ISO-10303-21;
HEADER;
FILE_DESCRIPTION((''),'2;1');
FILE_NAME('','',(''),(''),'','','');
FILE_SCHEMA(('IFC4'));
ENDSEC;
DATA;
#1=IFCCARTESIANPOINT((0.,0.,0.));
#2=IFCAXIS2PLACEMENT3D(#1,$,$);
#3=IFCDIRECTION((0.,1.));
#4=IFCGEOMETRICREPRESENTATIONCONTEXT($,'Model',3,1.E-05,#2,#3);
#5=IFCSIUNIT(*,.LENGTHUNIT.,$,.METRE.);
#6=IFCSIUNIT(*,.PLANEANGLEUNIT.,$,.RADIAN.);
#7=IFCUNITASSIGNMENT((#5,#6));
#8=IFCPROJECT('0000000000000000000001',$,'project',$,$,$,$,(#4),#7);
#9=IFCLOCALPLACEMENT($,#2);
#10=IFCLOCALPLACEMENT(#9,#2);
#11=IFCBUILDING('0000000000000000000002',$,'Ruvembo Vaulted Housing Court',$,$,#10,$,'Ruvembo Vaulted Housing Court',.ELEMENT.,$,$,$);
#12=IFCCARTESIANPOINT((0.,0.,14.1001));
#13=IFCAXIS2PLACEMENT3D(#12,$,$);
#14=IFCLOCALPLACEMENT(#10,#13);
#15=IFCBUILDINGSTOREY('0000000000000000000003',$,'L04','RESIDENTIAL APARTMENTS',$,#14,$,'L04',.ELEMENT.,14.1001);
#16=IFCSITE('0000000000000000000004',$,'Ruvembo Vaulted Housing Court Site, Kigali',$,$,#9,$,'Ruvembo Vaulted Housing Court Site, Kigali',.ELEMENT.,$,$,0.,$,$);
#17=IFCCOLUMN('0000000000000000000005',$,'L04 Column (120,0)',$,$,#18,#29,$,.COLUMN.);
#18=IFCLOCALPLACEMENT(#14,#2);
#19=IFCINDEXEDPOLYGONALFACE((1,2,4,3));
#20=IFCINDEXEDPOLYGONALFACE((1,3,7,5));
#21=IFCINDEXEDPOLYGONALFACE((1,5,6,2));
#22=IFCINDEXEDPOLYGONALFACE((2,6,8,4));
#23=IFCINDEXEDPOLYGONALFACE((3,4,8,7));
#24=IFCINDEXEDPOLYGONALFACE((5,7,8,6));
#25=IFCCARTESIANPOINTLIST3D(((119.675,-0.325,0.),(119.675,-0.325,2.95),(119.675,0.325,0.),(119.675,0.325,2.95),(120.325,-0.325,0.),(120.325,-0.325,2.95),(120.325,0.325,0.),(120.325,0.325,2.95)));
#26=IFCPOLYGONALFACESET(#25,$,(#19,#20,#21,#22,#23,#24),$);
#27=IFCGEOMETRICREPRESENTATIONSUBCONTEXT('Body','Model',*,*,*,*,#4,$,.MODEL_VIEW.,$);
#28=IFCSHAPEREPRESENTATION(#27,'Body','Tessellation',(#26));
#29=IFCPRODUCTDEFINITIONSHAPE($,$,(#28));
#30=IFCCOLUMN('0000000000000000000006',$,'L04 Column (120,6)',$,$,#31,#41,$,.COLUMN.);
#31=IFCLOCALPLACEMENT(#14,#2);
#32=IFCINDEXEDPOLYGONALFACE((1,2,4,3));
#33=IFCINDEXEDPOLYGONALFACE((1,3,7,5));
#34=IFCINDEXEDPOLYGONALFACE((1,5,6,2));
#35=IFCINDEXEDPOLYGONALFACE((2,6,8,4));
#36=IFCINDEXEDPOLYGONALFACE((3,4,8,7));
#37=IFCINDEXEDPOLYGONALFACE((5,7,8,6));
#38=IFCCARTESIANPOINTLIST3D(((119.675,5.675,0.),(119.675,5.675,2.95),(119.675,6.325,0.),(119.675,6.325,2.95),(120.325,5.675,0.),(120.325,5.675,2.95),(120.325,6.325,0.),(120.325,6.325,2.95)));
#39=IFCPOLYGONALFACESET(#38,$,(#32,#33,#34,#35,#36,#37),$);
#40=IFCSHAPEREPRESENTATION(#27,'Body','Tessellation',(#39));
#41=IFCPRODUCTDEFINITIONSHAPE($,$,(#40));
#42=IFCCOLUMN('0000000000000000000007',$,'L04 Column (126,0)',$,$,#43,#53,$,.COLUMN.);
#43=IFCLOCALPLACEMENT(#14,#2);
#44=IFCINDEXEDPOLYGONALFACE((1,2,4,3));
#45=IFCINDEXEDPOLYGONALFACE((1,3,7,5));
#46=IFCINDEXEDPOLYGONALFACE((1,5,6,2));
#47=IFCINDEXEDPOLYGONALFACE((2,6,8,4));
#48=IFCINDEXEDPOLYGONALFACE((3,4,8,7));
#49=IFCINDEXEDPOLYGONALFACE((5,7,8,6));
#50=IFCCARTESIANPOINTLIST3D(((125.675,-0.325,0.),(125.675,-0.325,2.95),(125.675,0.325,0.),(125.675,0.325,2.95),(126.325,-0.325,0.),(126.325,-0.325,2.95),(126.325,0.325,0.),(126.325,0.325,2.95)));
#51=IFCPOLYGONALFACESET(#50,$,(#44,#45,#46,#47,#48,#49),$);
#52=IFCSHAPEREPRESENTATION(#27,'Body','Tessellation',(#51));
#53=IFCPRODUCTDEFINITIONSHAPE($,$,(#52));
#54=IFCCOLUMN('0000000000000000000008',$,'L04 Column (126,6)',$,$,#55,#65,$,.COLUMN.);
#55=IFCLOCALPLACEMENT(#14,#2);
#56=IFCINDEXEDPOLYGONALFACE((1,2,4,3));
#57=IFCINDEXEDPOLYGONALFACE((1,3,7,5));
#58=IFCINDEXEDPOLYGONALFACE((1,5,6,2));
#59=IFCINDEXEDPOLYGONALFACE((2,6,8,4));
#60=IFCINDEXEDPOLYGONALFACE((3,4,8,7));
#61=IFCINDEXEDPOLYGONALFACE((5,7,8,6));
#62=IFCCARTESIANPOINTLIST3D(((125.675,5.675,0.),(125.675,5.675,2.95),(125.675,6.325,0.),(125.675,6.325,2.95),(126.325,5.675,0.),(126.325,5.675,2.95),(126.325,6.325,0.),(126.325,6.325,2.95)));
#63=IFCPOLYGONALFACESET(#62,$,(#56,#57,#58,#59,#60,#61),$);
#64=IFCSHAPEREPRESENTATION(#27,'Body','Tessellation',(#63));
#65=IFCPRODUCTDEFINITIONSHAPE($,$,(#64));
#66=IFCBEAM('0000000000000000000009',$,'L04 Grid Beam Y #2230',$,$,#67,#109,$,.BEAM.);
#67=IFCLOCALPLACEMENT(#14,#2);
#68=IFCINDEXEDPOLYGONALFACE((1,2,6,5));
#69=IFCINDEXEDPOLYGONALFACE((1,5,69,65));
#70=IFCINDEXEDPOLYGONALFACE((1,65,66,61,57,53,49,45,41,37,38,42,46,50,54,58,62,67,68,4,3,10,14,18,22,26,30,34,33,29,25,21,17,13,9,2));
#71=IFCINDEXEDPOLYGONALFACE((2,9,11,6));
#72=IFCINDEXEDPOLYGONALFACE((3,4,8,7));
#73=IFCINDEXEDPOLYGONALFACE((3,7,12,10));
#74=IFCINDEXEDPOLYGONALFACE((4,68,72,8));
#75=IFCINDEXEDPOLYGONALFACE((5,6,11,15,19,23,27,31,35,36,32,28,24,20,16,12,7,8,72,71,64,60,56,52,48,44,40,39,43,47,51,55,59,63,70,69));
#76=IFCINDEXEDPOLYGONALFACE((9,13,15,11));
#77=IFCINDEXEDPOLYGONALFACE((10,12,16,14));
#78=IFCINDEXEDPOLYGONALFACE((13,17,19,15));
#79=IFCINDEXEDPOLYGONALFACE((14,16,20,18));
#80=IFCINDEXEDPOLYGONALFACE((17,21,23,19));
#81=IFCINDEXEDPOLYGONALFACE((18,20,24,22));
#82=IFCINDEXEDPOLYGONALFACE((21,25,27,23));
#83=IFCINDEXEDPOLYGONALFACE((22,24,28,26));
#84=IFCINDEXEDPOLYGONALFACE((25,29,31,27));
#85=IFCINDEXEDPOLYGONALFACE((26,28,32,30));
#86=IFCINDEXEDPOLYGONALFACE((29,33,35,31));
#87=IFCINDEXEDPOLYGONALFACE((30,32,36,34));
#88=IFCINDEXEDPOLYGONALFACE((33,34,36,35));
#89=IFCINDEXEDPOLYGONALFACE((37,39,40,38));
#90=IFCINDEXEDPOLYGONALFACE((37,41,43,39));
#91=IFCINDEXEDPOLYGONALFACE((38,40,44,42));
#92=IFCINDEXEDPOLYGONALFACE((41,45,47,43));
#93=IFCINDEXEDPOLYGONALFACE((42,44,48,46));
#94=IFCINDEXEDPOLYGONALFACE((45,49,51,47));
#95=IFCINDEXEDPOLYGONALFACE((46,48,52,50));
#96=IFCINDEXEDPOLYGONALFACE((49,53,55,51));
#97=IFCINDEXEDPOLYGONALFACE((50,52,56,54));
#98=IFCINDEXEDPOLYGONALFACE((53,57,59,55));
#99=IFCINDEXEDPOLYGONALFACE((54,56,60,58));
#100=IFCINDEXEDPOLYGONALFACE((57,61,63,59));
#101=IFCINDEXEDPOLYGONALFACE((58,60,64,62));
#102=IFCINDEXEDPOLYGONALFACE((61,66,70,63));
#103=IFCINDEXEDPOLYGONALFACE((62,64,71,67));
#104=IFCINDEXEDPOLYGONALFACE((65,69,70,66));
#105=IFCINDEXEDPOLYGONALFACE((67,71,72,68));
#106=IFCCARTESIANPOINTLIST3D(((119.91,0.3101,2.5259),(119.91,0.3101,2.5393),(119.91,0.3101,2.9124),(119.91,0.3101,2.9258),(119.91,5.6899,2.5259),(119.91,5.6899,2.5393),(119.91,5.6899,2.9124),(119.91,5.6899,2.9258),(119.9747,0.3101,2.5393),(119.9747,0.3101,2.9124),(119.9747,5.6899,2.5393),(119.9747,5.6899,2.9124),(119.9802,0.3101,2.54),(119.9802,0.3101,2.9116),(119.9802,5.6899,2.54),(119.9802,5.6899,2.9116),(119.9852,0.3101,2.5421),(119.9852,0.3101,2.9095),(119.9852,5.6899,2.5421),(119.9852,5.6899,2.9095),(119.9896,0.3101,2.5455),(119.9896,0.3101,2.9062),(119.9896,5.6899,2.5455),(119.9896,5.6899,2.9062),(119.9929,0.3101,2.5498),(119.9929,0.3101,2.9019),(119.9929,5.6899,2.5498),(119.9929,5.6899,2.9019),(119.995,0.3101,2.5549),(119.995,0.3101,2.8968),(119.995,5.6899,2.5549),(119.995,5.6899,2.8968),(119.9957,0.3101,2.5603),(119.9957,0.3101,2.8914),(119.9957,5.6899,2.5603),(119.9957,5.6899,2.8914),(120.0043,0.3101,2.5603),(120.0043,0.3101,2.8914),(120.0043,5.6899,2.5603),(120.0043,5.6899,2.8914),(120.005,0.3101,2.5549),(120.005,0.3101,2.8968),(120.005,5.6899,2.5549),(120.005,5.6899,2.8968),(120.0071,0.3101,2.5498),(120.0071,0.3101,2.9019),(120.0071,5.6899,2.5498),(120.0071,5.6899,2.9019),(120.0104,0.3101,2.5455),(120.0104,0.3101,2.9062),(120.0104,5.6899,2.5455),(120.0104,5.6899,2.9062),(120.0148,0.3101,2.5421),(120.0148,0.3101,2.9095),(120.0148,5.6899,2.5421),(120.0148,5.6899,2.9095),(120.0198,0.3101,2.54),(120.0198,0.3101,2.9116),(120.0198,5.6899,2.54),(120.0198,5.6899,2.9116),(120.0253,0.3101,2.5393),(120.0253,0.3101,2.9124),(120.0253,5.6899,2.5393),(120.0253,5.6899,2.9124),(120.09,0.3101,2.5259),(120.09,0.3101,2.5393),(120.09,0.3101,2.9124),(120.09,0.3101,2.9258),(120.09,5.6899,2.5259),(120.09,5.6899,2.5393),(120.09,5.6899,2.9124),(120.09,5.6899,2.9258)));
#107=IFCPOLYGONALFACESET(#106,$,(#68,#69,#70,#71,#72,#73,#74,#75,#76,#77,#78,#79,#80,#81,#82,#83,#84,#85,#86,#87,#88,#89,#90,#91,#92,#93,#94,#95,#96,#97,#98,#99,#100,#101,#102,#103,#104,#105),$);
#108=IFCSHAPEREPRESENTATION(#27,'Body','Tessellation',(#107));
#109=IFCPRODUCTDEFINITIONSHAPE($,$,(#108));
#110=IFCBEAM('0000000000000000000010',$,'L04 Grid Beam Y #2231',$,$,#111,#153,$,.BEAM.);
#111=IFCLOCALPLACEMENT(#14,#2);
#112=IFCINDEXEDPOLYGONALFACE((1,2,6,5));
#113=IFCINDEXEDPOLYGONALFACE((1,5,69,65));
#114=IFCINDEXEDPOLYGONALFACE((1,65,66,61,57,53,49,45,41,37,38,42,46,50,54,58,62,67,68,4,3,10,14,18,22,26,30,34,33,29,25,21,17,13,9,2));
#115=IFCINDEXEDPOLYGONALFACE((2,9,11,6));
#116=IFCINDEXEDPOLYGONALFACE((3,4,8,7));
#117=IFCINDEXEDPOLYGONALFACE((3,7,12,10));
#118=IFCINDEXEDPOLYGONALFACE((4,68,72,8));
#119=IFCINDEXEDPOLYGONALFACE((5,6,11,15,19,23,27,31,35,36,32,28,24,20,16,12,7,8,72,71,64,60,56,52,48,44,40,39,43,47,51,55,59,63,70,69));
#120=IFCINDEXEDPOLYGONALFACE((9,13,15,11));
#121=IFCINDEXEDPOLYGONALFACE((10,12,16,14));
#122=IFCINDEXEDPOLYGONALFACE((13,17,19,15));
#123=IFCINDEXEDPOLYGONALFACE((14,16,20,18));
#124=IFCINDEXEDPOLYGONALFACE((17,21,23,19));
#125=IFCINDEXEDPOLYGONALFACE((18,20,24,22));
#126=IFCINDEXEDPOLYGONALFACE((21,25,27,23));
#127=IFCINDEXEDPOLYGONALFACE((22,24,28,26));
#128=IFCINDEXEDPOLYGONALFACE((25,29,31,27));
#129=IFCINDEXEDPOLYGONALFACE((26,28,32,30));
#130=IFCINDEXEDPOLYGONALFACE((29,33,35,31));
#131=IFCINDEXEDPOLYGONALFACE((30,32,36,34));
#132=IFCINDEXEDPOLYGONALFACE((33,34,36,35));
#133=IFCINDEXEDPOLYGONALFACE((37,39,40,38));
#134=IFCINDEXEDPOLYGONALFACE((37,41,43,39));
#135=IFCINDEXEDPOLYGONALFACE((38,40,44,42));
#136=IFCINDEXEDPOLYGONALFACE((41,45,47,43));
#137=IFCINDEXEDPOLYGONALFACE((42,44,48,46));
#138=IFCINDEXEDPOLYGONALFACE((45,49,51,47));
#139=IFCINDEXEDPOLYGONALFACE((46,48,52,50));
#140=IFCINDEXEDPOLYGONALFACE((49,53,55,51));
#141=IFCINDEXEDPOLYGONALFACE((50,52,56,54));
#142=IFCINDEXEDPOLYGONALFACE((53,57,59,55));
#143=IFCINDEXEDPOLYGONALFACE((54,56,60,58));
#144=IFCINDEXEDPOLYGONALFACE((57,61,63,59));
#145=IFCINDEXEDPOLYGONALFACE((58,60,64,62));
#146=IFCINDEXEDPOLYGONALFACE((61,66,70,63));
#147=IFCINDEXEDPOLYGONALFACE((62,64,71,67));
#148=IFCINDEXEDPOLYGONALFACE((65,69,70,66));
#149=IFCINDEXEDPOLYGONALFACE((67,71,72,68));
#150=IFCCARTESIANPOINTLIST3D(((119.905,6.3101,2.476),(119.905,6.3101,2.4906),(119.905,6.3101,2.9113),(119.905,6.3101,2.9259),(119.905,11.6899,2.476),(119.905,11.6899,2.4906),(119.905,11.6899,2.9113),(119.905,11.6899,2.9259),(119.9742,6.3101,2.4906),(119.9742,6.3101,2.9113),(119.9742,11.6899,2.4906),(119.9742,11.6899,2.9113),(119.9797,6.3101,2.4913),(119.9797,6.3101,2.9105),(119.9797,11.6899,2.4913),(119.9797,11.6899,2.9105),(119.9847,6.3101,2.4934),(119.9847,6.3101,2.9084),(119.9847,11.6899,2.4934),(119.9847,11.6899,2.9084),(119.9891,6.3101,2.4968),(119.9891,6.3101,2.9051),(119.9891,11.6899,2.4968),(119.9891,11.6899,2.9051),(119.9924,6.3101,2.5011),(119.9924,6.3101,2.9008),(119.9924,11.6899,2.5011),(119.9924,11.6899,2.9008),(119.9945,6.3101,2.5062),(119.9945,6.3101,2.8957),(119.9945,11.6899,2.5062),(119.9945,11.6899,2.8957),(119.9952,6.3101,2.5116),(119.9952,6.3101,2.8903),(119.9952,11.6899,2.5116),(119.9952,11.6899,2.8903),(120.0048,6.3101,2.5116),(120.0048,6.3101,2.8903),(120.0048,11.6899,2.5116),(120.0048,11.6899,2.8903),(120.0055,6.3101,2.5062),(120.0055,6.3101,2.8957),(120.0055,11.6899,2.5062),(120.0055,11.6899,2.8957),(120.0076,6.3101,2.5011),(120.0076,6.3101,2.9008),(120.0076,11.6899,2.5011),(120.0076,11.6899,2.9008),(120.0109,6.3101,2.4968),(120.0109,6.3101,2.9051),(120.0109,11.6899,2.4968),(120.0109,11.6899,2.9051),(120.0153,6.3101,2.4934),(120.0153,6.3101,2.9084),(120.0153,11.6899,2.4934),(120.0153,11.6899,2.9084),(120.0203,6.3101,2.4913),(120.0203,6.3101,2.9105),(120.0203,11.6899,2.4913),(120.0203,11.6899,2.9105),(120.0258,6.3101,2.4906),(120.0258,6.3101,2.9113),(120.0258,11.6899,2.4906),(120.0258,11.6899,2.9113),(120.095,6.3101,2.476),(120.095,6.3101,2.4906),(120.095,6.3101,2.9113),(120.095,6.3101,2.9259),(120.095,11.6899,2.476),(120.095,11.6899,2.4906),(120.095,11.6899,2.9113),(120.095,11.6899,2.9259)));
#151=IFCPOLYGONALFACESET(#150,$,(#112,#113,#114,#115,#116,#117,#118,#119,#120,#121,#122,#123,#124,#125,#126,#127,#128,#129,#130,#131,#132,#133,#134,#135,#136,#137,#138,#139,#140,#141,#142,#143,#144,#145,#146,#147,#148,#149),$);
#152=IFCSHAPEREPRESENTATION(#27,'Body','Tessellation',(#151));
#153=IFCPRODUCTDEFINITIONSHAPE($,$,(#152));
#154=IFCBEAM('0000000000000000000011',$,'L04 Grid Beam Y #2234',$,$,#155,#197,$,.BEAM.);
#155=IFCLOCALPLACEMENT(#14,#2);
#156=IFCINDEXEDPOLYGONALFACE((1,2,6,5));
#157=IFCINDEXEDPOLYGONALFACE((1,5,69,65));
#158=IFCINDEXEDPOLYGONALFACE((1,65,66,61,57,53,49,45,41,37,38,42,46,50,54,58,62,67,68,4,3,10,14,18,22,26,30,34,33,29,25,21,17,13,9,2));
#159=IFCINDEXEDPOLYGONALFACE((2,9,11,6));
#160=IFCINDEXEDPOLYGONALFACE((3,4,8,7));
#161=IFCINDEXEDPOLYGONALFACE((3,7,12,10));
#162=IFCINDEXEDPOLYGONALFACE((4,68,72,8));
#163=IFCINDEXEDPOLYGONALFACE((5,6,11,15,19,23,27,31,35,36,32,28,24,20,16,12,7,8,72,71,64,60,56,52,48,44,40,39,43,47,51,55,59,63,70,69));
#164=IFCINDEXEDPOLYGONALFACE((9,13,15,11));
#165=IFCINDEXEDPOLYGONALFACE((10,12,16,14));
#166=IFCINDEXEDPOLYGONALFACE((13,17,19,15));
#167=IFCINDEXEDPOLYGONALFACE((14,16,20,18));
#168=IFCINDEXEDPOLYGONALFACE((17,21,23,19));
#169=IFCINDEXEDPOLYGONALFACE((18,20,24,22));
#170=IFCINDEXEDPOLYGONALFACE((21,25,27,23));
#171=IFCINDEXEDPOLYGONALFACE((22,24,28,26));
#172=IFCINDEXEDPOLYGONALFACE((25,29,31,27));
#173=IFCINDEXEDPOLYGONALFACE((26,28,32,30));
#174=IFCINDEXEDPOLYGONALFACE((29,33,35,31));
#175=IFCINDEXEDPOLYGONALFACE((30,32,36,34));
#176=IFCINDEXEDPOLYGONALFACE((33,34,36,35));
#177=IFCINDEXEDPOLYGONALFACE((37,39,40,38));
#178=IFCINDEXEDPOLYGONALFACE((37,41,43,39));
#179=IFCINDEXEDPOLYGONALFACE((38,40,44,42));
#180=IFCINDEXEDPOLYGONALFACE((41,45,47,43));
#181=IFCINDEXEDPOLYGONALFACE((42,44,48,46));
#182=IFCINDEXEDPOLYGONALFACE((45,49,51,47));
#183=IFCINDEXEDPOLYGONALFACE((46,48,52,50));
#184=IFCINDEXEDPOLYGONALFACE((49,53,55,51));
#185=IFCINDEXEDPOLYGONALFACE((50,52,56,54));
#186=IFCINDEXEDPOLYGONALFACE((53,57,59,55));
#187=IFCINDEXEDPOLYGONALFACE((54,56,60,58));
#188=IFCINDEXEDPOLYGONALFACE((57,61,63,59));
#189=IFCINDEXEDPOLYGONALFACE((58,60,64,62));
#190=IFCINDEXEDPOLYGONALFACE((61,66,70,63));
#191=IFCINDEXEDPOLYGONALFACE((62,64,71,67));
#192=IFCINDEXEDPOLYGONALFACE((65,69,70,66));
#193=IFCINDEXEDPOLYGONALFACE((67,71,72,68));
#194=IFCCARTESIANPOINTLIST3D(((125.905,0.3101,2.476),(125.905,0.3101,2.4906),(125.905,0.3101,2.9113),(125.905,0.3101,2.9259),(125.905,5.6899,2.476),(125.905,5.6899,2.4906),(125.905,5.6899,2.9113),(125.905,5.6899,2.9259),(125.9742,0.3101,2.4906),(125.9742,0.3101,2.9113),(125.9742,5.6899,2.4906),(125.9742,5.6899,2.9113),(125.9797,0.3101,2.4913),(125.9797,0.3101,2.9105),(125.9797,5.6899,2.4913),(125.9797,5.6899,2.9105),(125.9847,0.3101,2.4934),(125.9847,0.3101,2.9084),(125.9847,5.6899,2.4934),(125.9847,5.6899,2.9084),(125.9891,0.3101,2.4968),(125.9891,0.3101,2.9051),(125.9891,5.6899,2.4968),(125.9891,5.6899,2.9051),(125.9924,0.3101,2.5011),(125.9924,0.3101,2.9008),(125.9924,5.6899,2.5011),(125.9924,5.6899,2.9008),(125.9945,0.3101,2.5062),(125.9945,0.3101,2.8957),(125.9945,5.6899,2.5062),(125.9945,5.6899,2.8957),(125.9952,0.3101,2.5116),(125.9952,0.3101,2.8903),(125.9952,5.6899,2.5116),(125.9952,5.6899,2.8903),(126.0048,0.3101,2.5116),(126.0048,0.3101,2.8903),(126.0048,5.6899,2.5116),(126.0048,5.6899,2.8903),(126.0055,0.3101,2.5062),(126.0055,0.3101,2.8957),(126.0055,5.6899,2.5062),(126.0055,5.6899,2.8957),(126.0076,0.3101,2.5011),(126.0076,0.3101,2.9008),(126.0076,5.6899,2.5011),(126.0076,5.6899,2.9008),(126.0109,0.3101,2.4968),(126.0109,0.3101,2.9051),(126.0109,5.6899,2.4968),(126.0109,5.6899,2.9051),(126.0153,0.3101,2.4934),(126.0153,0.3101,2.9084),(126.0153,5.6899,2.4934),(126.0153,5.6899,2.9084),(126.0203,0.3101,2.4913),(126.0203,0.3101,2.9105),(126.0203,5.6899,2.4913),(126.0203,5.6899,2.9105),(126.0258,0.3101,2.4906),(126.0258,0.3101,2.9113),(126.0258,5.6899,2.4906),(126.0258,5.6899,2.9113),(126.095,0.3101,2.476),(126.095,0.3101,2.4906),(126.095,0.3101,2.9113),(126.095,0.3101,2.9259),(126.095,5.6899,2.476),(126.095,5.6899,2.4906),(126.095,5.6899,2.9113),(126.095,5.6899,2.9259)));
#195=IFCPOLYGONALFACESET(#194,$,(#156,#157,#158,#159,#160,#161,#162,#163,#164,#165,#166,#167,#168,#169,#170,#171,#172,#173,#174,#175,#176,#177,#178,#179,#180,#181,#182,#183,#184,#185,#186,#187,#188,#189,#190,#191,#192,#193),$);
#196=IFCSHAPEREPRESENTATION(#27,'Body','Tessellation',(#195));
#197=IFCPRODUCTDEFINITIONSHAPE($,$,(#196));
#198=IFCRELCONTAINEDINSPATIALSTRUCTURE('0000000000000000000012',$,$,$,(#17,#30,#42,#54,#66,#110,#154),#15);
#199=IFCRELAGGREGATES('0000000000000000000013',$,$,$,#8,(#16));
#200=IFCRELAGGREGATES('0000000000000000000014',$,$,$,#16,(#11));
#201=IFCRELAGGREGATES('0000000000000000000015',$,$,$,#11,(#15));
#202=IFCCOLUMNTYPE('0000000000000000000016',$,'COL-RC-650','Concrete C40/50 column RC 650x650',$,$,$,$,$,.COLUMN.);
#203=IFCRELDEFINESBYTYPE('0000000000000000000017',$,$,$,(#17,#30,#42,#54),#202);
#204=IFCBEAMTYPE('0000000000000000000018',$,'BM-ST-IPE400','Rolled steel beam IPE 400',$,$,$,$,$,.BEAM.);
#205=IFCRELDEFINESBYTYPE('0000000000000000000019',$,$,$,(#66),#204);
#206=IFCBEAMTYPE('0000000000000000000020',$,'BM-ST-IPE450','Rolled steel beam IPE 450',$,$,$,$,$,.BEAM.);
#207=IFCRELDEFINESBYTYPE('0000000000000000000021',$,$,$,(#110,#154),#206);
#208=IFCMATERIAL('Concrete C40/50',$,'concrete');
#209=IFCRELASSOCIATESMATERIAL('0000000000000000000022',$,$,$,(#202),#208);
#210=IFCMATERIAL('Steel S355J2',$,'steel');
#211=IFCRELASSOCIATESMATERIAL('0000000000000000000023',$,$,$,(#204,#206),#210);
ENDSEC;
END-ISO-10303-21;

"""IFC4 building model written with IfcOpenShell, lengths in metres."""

from ifc_helpers import new_model, si_unit, direction, frame, origin, origin_2d, place, context, subcontext, project, spatial, rectangle, i_section, extrude, material, material_profile, profile_set, type_object, element, save


model = new_model("IFC4")

# Units and contexts
model_context = context("Model", 3, precision=1e-05, world=origin(), true_north=direction((0.0, 1.0)))
body_context = subcontext(model_context, "Body", "Model", "MODEL_VIEW")
ifc_project = project(units=[si_unit("LENGTHUNIT", "METRE"), si_unit("PLANEANGLEUNIT", "RADIAN")], contexts=[model_context])

# Site, building, storey
site_placement = place(None, origin())
site = spatial("IfcSite", under=ifc_project, at=site_placement, Name="Ruvembo Vaulted Housing Court Site, Kigali", LongName="Ruvembo Vaulted Housing Court Site, Kigali", CompositionType="ELEMENT", RefElevation=0.0)
building_placement = place(site_placement, origin())
building = spatial("IfcBuilding", under=site, at=building_placement, Name="Ruvembo Vaulted Housing Court", LongName="Ruvembo Vaulted Housing Court", CompositionType="ELEMENT")
storey_placement = place(building_placement, frame((0.0, 0.0, 14.1001)))
storey = spatial("IfcBuildingStorey", under=building, at=storey_placement, Name="L04", Description="RESIDENTIAL APARTMENTS", LongName="L04", CompositionType="ELEMENT", Elevation=14.1001)

# Columns
ifc_material_1 = material(Name="Concrete C40/50", Category="concrete")
ifc_material_profile_1 = material_profile(ifc_material_1, rectangle(XDim=0.6499, YDim=0.6499, at=origin_2d()), Name="RC 650x650")
ifc_profile_set_1 = profile_set([ifc_material_profile_1], Name="Concrete C40/50")
column_type = type_object("IfcColumnType", Name="COL-RC-650", Description="Concrete C40/50 column RC 650x650", PredefinedType="COLUMN", material=ifc_profile_set_1)
for number, where, z_axis, x_axis, name in (
    (1, (120.0, 0.0, 0.0), (0.0, 0.0, 1.0), (1.0, 0.0, 0.0), "L04 Column (120,0)"),
    (2, (120.0, 6.0, 0.0), (0.0, 0.0, 1.0), (1.0, 0.0, 0.0), "L04 Column (120,6)"),
    (3, (126.0, 0.0, 0.0), (0.0, 0.0, 1.0), (1.0, 0.0, 0.0), "L04 Column (126,0)"),
    (4, (126.0, 6.0, 0.0), (0.0, 0.0, 1.0), (1.0, 0.0, 0.0), "L04 Column (126,6)"),
):
    element("IfcColumn", number, at=place(storey_placement, frame(where, z_axis=z_axis, x_axis=x_axis)), inside=storey, type_object=column_type, Name=name, PredefinedType="COLUMN", context=body_context, shape_type="SweptSolid", body=[
        extrude(rectangle(XDim=0.6499, YDim=0.6499, at=origin_2d()), origin(), (0.0, 0.0, 1.0), 2.95),
    ])

# Beams
ifc_material_2 = material(Name="Steel S355J2", Category="steel")
ifc_material_profile_2 = material_profile(ifc_material_2, i_section(OverallWidth=0.1799, OverallDepth=0.3999, WebThickness=0.0085, FlangeThickness=0.0134, FilletRadius=0.021, at=origin_2d()), Name="IPE 400")
ifc_profile_set_2 = profile_set([ifc_material_profile_2], Name="Steel S355J2")
beam_type_1 = type_object("IfcBeamType", Name="BM-ST-IPE400", Description="Rolled steel beam IPE 400", PredefinedType="BEAM", material=ifc_profile_set_2)
beam_placement = place(storey_placement, frame((120.0, 0.3101, 2.7258), z_axis=(0.0, 1.0, 0.0), x_axis=(-1.0, 0.0, 0.0)))
element("IfcBeam", 5, at=beam_placement, inside=storey, type_object=beam_type_1, Name="L04 Grid Beam Y #2230", PredefinedType="BEAM", context=body_context, shape_type="SweptSolid", body=[
    extrude(i_section(OverallWidth=0.1799, OverallDepth=0.3999, WebThickness=0.0085, FlangeThickness=0.0134, FilletRadius=0.021, at=origin_2d()), origin(), (0.0, 0.0, 1.0), 5.3799),
])
ifc_material_profile_3 = material_profile(ifc_material_2, i_section(OverallWidth=0.1899, OverallDepth=0.45, WebThickness=0.0095, FlangeThickness=0.0146, FilletRadius=0.021, at=origin_2d()), Name="IPE 450")
ifc_profile_set_3 = profile_set([ifc_material_profile_3], Name="Steel S355J2")
beam_type_2 = type_object("IfcBeamType", Name="BM-ST-IPE450", Description="Rolled steel beam IPE 450", PredefinedType="BEAM", material=ifc_profile_set_3)
for number, where, z_axis, x_axis, name in (
    (6, (120.0, 6.3101, 2.7009), (0.0, 1.0, 0.0), (-1.0, 0.0, 0.0), "L04 Grid Beam Y #2231"),
    (7, (126.0, 0.3101, 2.7009), (0.0, 1.0, 0.0), (-1.0, 0.0, 0.0), "L04 Grid Beam Y #2234"),
):
    element("IfcBeam", number, at=place(storey_placement, frame(where, z_axis=z_axis, x_axis=x_axis)), inside=storey, type_object=beam_type_2, Name=name, PredefinedType="BEAM", context=body_context, shape_type="SweptSolid", body=[
        extrude(i_section(OverallWidth=0.1899, OverallDepth=0.45, WebThickness=0.0095, FlangeThickness=0.0146, FilletRadius=0.021, at=origin_2d()), origin(), (0.0, 0.0, 1.0), 5.3799),
    ])

save(model, "model.ifc")
